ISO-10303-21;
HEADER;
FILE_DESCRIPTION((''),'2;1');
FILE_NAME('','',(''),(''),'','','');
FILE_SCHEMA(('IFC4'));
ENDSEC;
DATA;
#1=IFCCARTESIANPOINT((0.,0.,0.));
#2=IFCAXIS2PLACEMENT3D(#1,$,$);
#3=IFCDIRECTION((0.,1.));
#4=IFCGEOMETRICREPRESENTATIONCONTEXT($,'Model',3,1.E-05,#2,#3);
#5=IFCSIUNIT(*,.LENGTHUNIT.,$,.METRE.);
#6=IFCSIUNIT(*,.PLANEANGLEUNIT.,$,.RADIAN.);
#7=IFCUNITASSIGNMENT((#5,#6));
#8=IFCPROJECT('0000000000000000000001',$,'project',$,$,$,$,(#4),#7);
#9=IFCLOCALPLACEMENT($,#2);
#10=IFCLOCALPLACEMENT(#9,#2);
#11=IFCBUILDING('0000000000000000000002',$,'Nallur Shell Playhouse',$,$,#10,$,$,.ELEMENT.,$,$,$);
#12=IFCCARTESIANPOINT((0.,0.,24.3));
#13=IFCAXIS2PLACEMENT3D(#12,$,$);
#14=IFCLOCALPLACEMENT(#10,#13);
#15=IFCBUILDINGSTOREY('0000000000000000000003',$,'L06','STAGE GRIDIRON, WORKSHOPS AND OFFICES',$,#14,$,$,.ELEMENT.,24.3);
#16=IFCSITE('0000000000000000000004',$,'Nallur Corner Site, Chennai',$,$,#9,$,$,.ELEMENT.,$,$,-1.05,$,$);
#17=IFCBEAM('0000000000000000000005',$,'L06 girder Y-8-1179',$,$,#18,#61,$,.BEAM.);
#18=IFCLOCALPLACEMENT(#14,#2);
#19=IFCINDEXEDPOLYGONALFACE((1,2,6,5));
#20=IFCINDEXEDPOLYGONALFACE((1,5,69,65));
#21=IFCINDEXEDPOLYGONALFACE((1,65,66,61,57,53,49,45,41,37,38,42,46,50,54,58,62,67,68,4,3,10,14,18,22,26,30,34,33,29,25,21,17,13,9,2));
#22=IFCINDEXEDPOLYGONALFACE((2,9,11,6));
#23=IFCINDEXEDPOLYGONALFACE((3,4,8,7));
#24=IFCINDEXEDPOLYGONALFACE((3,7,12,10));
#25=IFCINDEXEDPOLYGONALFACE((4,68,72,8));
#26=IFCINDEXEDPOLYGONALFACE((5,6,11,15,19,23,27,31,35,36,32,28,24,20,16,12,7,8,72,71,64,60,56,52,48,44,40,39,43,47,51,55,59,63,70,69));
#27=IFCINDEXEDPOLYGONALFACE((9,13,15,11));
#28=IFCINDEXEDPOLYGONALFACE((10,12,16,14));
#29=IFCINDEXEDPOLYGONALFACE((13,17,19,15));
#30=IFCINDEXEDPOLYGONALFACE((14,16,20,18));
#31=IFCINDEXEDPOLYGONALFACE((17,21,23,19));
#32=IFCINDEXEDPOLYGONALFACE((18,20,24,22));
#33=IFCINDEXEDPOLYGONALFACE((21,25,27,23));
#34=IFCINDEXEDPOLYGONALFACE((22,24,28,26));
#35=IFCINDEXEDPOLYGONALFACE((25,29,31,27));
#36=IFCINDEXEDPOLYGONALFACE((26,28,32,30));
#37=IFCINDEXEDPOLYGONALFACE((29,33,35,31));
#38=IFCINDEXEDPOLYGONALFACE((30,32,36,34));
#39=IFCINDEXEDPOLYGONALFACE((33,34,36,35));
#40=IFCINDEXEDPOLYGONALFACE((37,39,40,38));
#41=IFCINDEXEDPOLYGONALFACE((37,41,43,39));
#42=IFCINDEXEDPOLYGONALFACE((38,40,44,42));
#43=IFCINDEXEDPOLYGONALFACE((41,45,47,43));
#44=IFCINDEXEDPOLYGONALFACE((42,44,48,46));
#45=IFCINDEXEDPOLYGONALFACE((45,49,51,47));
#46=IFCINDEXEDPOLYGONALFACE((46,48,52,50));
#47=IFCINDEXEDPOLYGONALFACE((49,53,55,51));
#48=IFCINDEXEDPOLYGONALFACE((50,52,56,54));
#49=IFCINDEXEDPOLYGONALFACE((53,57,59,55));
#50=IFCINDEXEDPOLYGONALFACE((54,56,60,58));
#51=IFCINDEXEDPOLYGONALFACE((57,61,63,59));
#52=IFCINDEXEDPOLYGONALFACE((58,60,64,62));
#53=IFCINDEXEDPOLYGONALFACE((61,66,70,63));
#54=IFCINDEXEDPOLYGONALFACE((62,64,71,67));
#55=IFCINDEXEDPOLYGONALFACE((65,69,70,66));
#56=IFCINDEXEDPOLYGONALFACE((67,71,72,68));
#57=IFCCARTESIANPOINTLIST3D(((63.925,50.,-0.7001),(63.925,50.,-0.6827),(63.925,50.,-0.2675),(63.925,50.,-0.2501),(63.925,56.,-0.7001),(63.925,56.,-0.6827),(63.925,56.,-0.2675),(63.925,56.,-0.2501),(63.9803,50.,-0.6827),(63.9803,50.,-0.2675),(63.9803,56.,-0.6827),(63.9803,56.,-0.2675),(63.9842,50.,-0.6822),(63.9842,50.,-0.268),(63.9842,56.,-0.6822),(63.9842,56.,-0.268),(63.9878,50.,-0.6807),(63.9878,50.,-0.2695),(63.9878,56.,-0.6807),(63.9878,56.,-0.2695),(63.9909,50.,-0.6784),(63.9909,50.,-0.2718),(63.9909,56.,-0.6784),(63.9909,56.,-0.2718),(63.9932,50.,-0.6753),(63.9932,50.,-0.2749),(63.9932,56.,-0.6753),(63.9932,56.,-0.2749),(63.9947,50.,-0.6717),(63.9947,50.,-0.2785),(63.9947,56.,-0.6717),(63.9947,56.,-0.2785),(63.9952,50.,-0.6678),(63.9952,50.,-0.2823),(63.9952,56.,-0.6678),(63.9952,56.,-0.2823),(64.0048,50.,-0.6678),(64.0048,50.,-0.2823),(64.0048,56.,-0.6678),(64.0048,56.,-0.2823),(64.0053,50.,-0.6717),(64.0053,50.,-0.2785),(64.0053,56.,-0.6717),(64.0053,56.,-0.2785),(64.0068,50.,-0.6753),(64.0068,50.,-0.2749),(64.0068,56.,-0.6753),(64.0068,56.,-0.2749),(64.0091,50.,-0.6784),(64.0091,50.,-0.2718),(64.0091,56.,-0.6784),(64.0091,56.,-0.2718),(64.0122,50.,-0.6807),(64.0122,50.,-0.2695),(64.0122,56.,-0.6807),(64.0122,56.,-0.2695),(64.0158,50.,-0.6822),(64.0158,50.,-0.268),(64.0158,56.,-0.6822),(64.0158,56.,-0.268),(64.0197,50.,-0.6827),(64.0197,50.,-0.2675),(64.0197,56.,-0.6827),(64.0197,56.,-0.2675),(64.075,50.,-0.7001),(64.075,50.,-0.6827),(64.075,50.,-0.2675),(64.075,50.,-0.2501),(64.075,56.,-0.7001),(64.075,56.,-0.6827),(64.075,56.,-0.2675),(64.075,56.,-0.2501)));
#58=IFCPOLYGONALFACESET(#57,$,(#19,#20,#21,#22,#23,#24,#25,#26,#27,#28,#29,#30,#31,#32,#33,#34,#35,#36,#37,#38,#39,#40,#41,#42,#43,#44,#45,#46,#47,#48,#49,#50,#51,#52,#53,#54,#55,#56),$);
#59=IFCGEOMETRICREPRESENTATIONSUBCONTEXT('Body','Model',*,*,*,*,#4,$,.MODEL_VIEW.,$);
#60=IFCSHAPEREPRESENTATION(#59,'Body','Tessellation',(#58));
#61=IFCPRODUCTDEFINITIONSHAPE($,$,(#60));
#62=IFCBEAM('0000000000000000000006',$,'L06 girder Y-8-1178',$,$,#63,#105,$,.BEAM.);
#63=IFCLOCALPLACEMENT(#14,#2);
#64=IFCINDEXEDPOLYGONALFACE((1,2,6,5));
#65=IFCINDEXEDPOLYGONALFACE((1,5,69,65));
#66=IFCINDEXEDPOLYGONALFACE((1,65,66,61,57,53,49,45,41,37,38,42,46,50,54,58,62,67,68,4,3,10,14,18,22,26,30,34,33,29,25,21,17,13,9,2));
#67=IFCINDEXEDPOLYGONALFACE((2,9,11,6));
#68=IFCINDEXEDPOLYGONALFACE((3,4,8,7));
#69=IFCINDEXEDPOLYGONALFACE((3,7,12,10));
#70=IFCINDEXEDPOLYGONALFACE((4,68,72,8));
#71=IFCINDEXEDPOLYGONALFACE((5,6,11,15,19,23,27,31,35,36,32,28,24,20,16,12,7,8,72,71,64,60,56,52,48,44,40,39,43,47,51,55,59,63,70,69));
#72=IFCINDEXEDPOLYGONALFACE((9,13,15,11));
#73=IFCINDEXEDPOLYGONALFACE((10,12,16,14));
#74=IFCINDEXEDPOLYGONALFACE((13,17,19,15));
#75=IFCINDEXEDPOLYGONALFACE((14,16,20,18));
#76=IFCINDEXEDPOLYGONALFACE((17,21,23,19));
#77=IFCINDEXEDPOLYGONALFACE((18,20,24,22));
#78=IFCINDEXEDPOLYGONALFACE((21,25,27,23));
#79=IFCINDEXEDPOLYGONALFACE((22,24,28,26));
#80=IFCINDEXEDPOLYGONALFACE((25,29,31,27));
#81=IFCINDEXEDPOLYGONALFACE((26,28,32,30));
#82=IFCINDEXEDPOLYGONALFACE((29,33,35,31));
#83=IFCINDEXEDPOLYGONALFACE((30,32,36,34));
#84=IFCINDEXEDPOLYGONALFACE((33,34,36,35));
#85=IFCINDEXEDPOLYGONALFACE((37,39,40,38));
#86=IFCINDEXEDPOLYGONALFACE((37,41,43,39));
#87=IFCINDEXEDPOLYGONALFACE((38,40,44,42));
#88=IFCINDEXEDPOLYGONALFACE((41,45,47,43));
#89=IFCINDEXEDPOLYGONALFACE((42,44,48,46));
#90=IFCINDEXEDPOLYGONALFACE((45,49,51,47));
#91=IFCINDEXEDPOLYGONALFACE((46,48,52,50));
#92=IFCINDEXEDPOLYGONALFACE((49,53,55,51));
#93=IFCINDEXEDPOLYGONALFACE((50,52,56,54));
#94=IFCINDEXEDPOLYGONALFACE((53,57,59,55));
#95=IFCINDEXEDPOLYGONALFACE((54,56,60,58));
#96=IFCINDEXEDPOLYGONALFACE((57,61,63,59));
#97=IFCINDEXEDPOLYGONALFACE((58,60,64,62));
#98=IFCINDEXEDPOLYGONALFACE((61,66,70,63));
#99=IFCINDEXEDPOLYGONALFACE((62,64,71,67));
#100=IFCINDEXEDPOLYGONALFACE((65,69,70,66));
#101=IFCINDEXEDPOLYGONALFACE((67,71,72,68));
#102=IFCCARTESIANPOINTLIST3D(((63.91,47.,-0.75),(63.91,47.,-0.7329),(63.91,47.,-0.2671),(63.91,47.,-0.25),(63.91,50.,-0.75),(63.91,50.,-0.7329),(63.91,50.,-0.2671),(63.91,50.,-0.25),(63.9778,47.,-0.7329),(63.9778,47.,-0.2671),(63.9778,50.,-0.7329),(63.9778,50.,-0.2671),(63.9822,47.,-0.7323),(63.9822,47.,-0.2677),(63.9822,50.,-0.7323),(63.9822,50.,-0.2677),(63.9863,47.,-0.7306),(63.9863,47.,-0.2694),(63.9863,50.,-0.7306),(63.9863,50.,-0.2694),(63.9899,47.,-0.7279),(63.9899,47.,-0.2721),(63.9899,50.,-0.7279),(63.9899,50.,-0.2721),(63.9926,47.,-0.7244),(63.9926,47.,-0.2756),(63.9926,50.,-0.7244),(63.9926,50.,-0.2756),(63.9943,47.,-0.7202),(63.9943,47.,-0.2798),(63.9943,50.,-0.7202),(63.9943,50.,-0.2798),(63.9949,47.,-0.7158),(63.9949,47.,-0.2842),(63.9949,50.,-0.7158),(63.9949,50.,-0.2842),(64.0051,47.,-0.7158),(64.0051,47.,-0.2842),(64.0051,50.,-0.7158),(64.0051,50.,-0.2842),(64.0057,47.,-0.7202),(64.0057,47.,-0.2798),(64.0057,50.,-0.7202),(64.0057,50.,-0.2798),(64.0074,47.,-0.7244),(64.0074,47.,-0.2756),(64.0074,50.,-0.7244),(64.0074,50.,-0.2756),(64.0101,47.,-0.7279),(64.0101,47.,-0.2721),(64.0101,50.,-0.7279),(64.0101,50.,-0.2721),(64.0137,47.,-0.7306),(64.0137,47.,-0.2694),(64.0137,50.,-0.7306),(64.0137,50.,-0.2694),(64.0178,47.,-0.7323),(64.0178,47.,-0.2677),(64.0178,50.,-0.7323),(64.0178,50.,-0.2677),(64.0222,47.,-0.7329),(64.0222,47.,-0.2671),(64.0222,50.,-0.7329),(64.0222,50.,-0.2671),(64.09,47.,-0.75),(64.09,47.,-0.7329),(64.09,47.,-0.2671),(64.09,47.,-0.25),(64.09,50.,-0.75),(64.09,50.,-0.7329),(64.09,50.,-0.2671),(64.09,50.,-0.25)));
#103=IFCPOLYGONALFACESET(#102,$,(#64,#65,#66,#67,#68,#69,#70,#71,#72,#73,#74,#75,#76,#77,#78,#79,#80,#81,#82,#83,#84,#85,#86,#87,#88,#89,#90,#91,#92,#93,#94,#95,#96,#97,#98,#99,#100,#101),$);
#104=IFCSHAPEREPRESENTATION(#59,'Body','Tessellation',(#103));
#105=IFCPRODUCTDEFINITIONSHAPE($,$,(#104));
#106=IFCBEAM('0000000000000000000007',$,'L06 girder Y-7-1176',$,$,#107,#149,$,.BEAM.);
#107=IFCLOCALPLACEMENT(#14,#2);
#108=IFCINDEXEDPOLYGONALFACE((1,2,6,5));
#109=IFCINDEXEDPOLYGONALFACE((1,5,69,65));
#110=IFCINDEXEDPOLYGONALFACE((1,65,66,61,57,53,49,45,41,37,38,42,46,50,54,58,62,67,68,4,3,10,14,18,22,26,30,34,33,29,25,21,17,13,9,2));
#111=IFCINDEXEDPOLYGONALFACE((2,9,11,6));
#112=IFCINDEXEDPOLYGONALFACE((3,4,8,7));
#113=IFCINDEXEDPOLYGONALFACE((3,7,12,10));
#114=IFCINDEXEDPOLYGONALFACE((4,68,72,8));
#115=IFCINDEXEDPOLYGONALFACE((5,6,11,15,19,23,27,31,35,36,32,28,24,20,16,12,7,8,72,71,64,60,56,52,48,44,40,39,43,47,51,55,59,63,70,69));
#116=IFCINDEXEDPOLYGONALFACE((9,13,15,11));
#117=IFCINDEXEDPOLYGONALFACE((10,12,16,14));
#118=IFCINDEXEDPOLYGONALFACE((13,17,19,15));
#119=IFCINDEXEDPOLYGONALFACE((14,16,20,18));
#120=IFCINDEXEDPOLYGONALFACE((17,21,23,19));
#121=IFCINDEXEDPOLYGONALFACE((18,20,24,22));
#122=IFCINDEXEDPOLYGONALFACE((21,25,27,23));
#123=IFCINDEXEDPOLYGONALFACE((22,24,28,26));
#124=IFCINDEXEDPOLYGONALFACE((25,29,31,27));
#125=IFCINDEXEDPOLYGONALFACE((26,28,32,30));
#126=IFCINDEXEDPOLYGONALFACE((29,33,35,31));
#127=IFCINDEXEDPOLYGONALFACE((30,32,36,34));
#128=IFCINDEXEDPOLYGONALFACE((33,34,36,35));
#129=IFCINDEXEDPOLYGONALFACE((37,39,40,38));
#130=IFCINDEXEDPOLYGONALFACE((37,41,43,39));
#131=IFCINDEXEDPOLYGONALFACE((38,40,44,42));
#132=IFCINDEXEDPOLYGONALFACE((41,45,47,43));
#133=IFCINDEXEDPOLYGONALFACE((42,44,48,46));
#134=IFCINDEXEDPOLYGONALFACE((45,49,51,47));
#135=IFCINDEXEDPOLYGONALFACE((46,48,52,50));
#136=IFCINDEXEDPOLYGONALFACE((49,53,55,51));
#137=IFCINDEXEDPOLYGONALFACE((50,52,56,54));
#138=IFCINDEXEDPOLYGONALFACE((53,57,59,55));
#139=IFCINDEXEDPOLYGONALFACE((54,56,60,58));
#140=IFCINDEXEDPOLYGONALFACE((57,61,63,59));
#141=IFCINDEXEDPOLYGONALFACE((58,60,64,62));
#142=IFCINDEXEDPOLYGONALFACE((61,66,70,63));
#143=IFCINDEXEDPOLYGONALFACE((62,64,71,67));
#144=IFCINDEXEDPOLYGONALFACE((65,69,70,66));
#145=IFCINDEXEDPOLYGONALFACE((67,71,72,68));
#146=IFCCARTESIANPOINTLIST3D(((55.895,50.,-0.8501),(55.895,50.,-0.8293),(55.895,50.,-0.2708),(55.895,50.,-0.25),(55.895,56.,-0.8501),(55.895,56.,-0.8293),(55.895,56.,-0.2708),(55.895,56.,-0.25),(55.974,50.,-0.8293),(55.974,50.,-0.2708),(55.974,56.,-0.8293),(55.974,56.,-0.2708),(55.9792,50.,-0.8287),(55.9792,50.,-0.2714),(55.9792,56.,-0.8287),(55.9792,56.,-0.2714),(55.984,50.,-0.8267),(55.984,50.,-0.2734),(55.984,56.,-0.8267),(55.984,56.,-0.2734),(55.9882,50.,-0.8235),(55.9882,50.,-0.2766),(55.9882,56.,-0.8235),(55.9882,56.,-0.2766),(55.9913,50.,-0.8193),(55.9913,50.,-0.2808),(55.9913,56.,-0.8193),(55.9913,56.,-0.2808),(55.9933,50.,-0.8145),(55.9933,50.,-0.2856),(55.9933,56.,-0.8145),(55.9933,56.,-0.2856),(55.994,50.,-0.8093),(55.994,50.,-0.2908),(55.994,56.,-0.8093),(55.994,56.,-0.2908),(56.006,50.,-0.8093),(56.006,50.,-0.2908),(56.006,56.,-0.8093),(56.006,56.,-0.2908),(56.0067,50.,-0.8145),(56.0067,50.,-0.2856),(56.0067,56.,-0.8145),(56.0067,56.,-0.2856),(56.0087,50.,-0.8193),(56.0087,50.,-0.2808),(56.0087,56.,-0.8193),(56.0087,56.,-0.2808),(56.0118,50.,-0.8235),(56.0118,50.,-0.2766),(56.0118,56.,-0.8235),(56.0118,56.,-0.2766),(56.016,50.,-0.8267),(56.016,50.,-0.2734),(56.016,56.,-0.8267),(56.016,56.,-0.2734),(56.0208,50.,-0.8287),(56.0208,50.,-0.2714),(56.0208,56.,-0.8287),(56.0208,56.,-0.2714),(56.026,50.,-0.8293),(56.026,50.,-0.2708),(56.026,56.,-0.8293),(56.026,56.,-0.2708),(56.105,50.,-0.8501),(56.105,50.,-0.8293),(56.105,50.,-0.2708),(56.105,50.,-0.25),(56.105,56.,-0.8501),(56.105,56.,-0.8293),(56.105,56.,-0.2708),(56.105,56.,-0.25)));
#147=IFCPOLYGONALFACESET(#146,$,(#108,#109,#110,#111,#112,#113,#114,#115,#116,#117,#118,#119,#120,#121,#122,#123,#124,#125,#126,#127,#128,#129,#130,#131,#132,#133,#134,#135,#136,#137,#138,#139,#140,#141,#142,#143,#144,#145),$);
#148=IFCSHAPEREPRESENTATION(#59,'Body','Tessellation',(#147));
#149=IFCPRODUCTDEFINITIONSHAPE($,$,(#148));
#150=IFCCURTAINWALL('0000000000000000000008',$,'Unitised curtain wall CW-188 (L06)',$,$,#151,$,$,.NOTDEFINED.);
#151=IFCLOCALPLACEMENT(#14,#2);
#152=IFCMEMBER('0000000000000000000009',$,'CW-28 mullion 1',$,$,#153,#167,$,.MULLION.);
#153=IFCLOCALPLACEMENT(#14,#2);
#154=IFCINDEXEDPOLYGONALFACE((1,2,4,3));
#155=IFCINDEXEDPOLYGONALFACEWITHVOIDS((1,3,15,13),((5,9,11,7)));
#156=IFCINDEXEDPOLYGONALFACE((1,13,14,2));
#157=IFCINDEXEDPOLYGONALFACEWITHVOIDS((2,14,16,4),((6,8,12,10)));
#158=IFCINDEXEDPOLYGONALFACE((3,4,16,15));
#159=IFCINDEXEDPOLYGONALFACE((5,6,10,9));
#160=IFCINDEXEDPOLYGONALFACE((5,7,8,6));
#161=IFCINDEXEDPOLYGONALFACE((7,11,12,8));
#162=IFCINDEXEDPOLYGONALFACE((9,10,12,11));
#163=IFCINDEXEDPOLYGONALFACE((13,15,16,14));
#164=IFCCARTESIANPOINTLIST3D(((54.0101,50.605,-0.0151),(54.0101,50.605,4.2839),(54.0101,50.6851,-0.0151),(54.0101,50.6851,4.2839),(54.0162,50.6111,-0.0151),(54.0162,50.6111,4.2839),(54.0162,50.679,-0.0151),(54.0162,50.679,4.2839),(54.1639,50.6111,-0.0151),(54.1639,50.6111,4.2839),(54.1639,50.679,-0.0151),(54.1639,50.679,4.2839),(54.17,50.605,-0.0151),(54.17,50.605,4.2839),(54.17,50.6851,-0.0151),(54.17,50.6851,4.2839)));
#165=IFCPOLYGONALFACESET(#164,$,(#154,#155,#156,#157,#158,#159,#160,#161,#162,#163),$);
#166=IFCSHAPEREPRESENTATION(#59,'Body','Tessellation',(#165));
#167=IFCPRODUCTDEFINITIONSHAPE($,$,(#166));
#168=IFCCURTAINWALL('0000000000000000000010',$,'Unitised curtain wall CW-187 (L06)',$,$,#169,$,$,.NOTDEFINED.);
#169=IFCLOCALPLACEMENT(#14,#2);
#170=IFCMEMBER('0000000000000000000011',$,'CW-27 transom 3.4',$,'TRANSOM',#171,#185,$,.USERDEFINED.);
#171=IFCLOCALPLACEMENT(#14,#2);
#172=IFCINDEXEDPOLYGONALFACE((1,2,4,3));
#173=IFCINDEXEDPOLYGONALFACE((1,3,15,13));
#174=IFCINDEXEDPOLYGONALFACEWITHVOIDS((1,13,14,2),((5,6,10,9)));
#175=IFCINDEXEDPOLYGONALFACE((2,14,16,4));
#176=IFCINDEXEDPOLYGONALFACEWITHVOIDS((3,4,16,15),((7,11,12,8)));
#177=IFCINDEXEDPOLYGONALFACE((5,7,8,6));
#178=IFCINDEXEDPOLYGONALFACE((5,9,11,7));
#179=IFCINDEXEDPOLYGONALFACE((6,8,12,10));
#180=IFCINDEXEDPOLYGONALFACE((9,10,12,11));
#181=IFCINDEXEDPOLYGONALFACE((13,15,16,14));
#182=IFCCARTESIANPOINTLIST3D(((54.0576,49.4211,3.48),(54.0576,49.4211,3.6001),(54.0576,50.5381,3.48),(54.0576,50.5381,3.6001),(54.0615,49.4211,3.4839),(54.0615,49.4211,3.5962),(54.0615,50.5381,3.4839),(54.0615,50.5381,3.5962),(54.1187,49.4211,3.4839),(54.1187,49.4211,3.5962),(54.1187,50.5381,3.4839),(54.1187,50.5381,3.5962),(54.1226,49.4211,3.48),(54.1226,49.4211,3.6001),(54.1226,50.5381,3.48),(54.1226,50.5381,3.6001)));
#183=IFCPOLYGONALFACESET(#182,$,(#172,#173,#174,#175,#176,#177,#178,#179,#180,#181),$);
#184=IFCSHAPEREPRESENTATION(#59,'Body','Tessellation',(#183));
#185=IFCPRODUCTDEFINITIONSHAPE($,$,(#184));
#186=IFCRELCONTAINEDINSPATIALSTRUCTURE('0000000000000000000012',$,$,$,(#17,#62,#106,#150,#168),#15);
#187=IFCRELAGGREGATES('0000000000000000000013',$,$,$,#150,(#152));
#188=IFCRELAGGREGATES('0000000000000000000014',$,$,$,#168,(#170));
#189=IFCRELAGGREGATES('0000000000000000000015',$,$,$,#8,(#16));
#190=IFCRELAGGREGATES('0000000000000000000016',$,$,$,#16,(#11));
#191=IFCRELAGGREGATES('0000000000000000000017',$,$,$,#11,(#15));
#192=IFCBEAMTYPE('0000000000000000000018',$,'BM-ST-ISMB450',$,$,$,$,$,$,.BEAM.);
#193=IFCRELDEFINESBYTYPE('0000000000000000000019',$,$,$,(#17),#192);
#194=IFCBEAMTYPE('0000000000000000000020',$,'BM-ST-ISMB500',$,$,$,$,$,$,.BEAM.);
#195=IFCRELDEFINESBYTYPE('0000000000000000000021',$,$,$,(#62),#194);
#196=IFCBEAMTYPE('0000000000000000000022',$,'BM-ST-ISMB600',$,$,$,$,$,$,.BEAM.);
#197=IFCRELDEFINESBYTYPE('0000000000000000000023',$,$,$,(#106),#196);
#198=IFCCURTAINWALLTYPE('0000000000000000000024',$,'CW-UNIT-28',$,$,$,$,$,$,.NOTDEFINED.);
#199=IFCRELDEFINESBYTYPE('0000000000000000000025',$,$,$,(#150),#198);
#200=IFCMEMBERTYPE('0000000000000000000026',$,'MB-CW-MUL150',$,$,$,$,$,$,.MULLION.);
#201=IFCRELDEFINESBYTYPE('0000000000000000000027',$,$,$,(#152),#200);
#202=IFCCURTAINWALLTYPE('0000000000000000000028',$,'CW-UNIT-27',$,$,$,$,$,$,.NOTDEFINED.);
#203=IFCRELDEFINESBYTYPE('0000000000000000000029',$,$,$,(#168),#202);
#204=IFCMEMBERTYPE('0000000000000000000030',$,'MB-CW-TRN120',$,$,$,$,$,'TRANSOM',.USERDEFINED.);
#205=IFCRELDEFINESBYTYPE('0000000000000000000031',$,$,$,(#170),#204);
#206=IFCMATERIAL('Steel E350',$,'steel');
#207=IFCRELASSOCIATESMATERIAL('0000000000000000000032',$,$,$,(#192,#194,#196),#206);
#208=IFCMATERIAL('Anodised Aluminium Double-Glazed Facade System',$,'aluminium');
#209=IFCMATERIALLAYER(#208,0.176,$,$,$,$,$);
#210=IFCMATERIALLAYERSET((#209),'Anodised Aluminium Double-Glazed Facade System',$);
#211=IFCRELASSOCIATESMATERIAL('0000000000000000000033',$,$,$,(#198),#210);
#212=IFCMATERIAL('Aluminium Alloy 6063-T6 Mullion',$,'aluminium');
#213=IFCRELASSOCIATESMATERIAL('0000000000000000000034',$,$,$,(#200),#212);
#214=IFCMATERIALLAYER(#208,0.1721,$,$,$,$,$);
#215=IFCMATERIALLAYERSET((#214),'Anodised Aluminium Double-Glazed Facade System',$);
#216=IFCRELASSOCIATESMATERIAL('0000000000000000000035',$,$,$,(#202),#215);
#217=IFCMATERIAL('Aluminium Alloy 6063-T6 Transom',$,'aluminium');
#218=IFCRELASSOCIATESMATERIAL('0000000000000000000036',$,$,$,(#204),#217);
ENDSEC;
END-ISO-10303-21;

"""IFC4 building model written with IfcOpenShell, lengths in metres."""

from ifc_helpers import new_model, si_unit, direction, frame, origin, origin_2d, place, context, subcontext, project, spatial, hollow_rectangle, i_section, extrude, material, layer, layer_set, material_profile, profile_set, type_object, element, aggregate, save


model = new_model("IFC4")

# Units and contexts
model_context = context("Model", 3, precision=1e-05, world=origin(), true_north=direction((0.0, 1.0)))
body_context = subcontext(model_context, "Body", "Model", "MODEL_VIEW")
ifc_project = project(units=[si_unit("LENGTHUNIT", "METRE"), si_unit("PLANEANGLEUNIT", "RADIAN")], contexts=[model_context])

# Site, building, storey
site_placement = place(None, origin())
site = spatial("IfcSite", under=ifc_project, at=site_placement, Name="Nallur Corner Site, Chennai", CompositionType="ELEMENT", RefElevation=-1.05)
building_placement = place(site_placement, origin())
building = spatial("IfcBuilding", under=site, at=building_placement, Name="Nallur Shell Playhouse", CompositionType="ELEMENT")
storey_placement = place(building_placement, frame((0.0, 0.0, 24.3)))
storey = spatial("IfcBuildingStorey", under=building, at=storey_placement, Name="L06", Description="STAGE GRIDIRON, WORKSHOPS AND OFFICES", CompositionType="ELEMENT", Elevation=24.3)

# Shared definitions
ifc_material_1 = material(Name="Steel E350", Category="steel")

# Beams
ifc_material_profile_1 = material_profile(ifc_material_1, i_section(OverallWidth=0.1499, OverallDepth=0.45, WebThickness=0.0095, FlangeThickness=0.0173, FilletRadius=0.0149, at=origin_2d()), Name="ISMB 450")
ifc_profile_set_1 = profile_set([ifc_material_profile_1], Name="Steel E350")
beam_type_1 = type_object("IfcBeamType", Name="BM-ST-ISMB450", PredefinedType="BEAM", material=ifc_profile_set_1)
beam_1_placement = place(storey_placement, frame((64.0, 50.0, -0.4751), z_axis=(0.0, 1.0, 0.0), x_axis=(-1.0, 0.0, 0.0)))
element("IfcBeam", 1, at=beam_1_placement, inside=storey, type_object=beam_type_1, Name="L06 girder Y-8-1179", PredefinedType="BEAM", context=body_context, shape_type="SweptSolid", body=[
    extrude(i_section(OverallWidth=0.1499, OverallDepth=0.45, WebThickness=0.0095, FlangeThickness=0.0173, FilletRadius=0.0149, at=origin_2d()), origin(), (0.0, 0.0, 1.0), 6.0),
])
ifc_material_profile_2 = material_profile(ifc_material_1, i_section(OverallWidth=0.1799, OverallDepth=0.5, WebThickness=0.0103, FlangeThickness=0.0171, FilletRadius=0.0171, at=origin_2d()), Name="ISMB 500")
ifc_profile_set_2 = profile_set([ifc_material_profile_2], Name="Steel E350")
beam_type_2 = type_object("IfcBeamType", Name="BM-ST-ISMB500", PredefinedType="BEAM", material=ifc_profile_set_2)
beam_2_placement = place(storey_placement, frame((64.0, 47.0, -0.5), z_axis=(0.0, 1.0, 0.0), x_axis=(-1.0, 0.0, 0.0)))
element("IfcBeam", 2, at=beam_2_placement, inside=storey, type_object=beam_type_2, Name="L06 girder Y-8-1178", PredefinedType="BEAM", context=body_context, shape_type="SweptSolid", body=[
    extrude(i_section(OverallWidth=0.1799, OverallDepth=0.5, WebThickness=0.0103, FlangeThickness=0.0171, FilletRadius=0.0171, at=origin_2d()), origin(), (0.0, 0.0, 1.0), 3.0),
])
ifc_material_profile_3 = material_profile(ifc_material_1, i_section(OverallWidth=0.21, OverallDepth=0.6001, WebThickness=0.012, FlangeThickness=0.0208, FilletRadius=0.02, at=origin_2d()), Name="ISMB 600")
ifc_profile_set_3 = profile_set([ifc_material_profile_3], Name="Steel E350")
beam_type_3 = type_object("IfcBeamType", Name="BM-ST-ISMB600", PredefinedType="BEAM", material=ifc_profile_set_3)
beam_3_placement = place(storey_placement, frame((56.0, 50.0, -0.55), z_axis=(0.0, 1.0, 0.0), x_axis=(-1.0, 0.0, 0.0)))
element("IfcBeam", 3, at=beam_3_placement, inside=storey, type_object=beam_type_3, Name="L06 girder Y-7-1176", PredefinedType="BEAM", context=body_context, shape_type="SweptSolid", body=[
    extrude(i_section(OverallWidth=0.21, OverallDepth=0.6001, WebThickness=0.012, FlangeThickness=0.0208, FilletRadius=0.02, at=origin_2d()), origin(), (0.0, 0.0, 1.0), 6.0),
])

# Curtain wall, member
ifc_material_2 = material(Name="Anodised Aluminium Double-Glazed Facade System", Category="aluminium")
ifc_layer_1 = layer(ifc_material_2, 0.176)
ifc_layer_set_1 = layer_set([ifc_layer_1], Name="Anodised Aluminium Double-Glazed Facade System")
curtain_wall_type_1 = type_object("IfcCurtainWallType", Name="CW-UNIT-28", PredefinedType="NOTDEFINED", material=ifc_layer_set_1)
curtain_wall_1_placement = place(storey_placement, origin())
curtain_wall_1 = element("IfcCurtainWall", 4, at=curtain_wall_1_placement, inside=storey, type_object=curtain_wall_type_1, Name="Unitised curtain wall CW-188 (L06)", PredefinedType="NOTDEFINED")
ifc_material_3 = material(Name="Aluminium Alloy 6063-T6 Mullion", Category="aluminium")
ifc_material_profile_4 = material_profile(ifc_material_3, hollow_rectangle(XDim=0.0801, YDim=0.1599, WallThickness=0.0061, at=origin_2d()), Name="RHS 160x80x6")
ifc_profile_set_4 = profile_set([ifc_material_profile_4], Name="Aluminium Alloy 6063-T6 Mullion")
member_type_1 = type_object("IfcMemberType", Name="MB-CW-MUL150", PredefinedType="MULLION", material=ifc_profile_set_4)
member_1_placement = place(storey_placement, frame((54.0901, 50.645, -0.0151), z_axis=(0.0, 0.0, 1.0), x_axis=(0.0, 1.0, 0.0)))
member_1 = element("IfcMember", 5, at=member_1_placement, type_object=member_type_1, Name="CW-28 mullion 1", PredefinedType="MULLION", context=body_context, shape_type="SweptSolid", body=[
    extrude(hollow_rectangle(XDim=0.0801, YDim=0.1599, WallThickness=0.0061, at=origin_2d()), origin(), (0.0, 0.0, 1.0), 4.2991),
])

# Curtain wall, member
ifc_layer_2 = layer(ifc_material_2, 0.1721)
ifc_layer_set_2 = layer_set([ifc_layer_2], Name="Anodised Aluminium Double-Glazed Facade System")
curtain_wall_type_2 = type_object("IfcCurtainWallType", Name="CW-UNIT-27", PredefinedType="NOTDEFINED", material=ifc_layer_set_2)
curtain_wall_2_placement = place(storey_placement, origin())
curtain_wall_2 = element("IfcCurtainWall", 6, at=curtain_wall_2_placement, inside=storey, type_object=curtain_wall_type_2, Name="Unitised curtain wall CW-187 (L06)", PredefinedType="NOTDEFINED")
ifc_material_4 = material(Name="Aluminium Alloy 6063-T6 Transom", Category="aluminium")
ifc_material_profile_5 = material_profile(ifc_material_4, hollow_rectangle(XDim=0.0649, YDim=0.1201, WallThickness=0.0039, at=origin_2d()), Name="ALU 65x120x4")
ifc_profile_set_5 = profile_set([ifc_material_profile_5], Name="Aluminium Alloy 6063-T6 Transom")
member_type_2 = type_object("IfcMemberType", Name="MB-CW-TRN120", ElementType="TRANSOM", PredefinedType="USERDEFINED", material=ifc_profile_set_5)
member_2_placement = place(storey_placement, frame((54.0901, 49.4211, 3.54), z_axis=(0.0, 1.0, 0.0), x_axis=(-1.0, 0.0, 0.0)))
member_2 = element("IfcMember", 7, at=member_2_placement, type_object=member_type_2, Name="CW-27 transom 3.4", ObjectType="TRANSOM", PredefinedType="USERDEFINED", context=body_context, shape_type="SweptSolid", body=[
    extrude(hollow_rectangle(XDim=0.0649, YDim=0.1201, WallThickness=0.0039, at=origin_2d()), origin(), (0.0, 0.0, 1.0), 1.1169),
])

aggregate(curtain_wall_1, [member_1])

aggregate(curtain_wall_2, [member_2])

save(model, "model.ifc")
